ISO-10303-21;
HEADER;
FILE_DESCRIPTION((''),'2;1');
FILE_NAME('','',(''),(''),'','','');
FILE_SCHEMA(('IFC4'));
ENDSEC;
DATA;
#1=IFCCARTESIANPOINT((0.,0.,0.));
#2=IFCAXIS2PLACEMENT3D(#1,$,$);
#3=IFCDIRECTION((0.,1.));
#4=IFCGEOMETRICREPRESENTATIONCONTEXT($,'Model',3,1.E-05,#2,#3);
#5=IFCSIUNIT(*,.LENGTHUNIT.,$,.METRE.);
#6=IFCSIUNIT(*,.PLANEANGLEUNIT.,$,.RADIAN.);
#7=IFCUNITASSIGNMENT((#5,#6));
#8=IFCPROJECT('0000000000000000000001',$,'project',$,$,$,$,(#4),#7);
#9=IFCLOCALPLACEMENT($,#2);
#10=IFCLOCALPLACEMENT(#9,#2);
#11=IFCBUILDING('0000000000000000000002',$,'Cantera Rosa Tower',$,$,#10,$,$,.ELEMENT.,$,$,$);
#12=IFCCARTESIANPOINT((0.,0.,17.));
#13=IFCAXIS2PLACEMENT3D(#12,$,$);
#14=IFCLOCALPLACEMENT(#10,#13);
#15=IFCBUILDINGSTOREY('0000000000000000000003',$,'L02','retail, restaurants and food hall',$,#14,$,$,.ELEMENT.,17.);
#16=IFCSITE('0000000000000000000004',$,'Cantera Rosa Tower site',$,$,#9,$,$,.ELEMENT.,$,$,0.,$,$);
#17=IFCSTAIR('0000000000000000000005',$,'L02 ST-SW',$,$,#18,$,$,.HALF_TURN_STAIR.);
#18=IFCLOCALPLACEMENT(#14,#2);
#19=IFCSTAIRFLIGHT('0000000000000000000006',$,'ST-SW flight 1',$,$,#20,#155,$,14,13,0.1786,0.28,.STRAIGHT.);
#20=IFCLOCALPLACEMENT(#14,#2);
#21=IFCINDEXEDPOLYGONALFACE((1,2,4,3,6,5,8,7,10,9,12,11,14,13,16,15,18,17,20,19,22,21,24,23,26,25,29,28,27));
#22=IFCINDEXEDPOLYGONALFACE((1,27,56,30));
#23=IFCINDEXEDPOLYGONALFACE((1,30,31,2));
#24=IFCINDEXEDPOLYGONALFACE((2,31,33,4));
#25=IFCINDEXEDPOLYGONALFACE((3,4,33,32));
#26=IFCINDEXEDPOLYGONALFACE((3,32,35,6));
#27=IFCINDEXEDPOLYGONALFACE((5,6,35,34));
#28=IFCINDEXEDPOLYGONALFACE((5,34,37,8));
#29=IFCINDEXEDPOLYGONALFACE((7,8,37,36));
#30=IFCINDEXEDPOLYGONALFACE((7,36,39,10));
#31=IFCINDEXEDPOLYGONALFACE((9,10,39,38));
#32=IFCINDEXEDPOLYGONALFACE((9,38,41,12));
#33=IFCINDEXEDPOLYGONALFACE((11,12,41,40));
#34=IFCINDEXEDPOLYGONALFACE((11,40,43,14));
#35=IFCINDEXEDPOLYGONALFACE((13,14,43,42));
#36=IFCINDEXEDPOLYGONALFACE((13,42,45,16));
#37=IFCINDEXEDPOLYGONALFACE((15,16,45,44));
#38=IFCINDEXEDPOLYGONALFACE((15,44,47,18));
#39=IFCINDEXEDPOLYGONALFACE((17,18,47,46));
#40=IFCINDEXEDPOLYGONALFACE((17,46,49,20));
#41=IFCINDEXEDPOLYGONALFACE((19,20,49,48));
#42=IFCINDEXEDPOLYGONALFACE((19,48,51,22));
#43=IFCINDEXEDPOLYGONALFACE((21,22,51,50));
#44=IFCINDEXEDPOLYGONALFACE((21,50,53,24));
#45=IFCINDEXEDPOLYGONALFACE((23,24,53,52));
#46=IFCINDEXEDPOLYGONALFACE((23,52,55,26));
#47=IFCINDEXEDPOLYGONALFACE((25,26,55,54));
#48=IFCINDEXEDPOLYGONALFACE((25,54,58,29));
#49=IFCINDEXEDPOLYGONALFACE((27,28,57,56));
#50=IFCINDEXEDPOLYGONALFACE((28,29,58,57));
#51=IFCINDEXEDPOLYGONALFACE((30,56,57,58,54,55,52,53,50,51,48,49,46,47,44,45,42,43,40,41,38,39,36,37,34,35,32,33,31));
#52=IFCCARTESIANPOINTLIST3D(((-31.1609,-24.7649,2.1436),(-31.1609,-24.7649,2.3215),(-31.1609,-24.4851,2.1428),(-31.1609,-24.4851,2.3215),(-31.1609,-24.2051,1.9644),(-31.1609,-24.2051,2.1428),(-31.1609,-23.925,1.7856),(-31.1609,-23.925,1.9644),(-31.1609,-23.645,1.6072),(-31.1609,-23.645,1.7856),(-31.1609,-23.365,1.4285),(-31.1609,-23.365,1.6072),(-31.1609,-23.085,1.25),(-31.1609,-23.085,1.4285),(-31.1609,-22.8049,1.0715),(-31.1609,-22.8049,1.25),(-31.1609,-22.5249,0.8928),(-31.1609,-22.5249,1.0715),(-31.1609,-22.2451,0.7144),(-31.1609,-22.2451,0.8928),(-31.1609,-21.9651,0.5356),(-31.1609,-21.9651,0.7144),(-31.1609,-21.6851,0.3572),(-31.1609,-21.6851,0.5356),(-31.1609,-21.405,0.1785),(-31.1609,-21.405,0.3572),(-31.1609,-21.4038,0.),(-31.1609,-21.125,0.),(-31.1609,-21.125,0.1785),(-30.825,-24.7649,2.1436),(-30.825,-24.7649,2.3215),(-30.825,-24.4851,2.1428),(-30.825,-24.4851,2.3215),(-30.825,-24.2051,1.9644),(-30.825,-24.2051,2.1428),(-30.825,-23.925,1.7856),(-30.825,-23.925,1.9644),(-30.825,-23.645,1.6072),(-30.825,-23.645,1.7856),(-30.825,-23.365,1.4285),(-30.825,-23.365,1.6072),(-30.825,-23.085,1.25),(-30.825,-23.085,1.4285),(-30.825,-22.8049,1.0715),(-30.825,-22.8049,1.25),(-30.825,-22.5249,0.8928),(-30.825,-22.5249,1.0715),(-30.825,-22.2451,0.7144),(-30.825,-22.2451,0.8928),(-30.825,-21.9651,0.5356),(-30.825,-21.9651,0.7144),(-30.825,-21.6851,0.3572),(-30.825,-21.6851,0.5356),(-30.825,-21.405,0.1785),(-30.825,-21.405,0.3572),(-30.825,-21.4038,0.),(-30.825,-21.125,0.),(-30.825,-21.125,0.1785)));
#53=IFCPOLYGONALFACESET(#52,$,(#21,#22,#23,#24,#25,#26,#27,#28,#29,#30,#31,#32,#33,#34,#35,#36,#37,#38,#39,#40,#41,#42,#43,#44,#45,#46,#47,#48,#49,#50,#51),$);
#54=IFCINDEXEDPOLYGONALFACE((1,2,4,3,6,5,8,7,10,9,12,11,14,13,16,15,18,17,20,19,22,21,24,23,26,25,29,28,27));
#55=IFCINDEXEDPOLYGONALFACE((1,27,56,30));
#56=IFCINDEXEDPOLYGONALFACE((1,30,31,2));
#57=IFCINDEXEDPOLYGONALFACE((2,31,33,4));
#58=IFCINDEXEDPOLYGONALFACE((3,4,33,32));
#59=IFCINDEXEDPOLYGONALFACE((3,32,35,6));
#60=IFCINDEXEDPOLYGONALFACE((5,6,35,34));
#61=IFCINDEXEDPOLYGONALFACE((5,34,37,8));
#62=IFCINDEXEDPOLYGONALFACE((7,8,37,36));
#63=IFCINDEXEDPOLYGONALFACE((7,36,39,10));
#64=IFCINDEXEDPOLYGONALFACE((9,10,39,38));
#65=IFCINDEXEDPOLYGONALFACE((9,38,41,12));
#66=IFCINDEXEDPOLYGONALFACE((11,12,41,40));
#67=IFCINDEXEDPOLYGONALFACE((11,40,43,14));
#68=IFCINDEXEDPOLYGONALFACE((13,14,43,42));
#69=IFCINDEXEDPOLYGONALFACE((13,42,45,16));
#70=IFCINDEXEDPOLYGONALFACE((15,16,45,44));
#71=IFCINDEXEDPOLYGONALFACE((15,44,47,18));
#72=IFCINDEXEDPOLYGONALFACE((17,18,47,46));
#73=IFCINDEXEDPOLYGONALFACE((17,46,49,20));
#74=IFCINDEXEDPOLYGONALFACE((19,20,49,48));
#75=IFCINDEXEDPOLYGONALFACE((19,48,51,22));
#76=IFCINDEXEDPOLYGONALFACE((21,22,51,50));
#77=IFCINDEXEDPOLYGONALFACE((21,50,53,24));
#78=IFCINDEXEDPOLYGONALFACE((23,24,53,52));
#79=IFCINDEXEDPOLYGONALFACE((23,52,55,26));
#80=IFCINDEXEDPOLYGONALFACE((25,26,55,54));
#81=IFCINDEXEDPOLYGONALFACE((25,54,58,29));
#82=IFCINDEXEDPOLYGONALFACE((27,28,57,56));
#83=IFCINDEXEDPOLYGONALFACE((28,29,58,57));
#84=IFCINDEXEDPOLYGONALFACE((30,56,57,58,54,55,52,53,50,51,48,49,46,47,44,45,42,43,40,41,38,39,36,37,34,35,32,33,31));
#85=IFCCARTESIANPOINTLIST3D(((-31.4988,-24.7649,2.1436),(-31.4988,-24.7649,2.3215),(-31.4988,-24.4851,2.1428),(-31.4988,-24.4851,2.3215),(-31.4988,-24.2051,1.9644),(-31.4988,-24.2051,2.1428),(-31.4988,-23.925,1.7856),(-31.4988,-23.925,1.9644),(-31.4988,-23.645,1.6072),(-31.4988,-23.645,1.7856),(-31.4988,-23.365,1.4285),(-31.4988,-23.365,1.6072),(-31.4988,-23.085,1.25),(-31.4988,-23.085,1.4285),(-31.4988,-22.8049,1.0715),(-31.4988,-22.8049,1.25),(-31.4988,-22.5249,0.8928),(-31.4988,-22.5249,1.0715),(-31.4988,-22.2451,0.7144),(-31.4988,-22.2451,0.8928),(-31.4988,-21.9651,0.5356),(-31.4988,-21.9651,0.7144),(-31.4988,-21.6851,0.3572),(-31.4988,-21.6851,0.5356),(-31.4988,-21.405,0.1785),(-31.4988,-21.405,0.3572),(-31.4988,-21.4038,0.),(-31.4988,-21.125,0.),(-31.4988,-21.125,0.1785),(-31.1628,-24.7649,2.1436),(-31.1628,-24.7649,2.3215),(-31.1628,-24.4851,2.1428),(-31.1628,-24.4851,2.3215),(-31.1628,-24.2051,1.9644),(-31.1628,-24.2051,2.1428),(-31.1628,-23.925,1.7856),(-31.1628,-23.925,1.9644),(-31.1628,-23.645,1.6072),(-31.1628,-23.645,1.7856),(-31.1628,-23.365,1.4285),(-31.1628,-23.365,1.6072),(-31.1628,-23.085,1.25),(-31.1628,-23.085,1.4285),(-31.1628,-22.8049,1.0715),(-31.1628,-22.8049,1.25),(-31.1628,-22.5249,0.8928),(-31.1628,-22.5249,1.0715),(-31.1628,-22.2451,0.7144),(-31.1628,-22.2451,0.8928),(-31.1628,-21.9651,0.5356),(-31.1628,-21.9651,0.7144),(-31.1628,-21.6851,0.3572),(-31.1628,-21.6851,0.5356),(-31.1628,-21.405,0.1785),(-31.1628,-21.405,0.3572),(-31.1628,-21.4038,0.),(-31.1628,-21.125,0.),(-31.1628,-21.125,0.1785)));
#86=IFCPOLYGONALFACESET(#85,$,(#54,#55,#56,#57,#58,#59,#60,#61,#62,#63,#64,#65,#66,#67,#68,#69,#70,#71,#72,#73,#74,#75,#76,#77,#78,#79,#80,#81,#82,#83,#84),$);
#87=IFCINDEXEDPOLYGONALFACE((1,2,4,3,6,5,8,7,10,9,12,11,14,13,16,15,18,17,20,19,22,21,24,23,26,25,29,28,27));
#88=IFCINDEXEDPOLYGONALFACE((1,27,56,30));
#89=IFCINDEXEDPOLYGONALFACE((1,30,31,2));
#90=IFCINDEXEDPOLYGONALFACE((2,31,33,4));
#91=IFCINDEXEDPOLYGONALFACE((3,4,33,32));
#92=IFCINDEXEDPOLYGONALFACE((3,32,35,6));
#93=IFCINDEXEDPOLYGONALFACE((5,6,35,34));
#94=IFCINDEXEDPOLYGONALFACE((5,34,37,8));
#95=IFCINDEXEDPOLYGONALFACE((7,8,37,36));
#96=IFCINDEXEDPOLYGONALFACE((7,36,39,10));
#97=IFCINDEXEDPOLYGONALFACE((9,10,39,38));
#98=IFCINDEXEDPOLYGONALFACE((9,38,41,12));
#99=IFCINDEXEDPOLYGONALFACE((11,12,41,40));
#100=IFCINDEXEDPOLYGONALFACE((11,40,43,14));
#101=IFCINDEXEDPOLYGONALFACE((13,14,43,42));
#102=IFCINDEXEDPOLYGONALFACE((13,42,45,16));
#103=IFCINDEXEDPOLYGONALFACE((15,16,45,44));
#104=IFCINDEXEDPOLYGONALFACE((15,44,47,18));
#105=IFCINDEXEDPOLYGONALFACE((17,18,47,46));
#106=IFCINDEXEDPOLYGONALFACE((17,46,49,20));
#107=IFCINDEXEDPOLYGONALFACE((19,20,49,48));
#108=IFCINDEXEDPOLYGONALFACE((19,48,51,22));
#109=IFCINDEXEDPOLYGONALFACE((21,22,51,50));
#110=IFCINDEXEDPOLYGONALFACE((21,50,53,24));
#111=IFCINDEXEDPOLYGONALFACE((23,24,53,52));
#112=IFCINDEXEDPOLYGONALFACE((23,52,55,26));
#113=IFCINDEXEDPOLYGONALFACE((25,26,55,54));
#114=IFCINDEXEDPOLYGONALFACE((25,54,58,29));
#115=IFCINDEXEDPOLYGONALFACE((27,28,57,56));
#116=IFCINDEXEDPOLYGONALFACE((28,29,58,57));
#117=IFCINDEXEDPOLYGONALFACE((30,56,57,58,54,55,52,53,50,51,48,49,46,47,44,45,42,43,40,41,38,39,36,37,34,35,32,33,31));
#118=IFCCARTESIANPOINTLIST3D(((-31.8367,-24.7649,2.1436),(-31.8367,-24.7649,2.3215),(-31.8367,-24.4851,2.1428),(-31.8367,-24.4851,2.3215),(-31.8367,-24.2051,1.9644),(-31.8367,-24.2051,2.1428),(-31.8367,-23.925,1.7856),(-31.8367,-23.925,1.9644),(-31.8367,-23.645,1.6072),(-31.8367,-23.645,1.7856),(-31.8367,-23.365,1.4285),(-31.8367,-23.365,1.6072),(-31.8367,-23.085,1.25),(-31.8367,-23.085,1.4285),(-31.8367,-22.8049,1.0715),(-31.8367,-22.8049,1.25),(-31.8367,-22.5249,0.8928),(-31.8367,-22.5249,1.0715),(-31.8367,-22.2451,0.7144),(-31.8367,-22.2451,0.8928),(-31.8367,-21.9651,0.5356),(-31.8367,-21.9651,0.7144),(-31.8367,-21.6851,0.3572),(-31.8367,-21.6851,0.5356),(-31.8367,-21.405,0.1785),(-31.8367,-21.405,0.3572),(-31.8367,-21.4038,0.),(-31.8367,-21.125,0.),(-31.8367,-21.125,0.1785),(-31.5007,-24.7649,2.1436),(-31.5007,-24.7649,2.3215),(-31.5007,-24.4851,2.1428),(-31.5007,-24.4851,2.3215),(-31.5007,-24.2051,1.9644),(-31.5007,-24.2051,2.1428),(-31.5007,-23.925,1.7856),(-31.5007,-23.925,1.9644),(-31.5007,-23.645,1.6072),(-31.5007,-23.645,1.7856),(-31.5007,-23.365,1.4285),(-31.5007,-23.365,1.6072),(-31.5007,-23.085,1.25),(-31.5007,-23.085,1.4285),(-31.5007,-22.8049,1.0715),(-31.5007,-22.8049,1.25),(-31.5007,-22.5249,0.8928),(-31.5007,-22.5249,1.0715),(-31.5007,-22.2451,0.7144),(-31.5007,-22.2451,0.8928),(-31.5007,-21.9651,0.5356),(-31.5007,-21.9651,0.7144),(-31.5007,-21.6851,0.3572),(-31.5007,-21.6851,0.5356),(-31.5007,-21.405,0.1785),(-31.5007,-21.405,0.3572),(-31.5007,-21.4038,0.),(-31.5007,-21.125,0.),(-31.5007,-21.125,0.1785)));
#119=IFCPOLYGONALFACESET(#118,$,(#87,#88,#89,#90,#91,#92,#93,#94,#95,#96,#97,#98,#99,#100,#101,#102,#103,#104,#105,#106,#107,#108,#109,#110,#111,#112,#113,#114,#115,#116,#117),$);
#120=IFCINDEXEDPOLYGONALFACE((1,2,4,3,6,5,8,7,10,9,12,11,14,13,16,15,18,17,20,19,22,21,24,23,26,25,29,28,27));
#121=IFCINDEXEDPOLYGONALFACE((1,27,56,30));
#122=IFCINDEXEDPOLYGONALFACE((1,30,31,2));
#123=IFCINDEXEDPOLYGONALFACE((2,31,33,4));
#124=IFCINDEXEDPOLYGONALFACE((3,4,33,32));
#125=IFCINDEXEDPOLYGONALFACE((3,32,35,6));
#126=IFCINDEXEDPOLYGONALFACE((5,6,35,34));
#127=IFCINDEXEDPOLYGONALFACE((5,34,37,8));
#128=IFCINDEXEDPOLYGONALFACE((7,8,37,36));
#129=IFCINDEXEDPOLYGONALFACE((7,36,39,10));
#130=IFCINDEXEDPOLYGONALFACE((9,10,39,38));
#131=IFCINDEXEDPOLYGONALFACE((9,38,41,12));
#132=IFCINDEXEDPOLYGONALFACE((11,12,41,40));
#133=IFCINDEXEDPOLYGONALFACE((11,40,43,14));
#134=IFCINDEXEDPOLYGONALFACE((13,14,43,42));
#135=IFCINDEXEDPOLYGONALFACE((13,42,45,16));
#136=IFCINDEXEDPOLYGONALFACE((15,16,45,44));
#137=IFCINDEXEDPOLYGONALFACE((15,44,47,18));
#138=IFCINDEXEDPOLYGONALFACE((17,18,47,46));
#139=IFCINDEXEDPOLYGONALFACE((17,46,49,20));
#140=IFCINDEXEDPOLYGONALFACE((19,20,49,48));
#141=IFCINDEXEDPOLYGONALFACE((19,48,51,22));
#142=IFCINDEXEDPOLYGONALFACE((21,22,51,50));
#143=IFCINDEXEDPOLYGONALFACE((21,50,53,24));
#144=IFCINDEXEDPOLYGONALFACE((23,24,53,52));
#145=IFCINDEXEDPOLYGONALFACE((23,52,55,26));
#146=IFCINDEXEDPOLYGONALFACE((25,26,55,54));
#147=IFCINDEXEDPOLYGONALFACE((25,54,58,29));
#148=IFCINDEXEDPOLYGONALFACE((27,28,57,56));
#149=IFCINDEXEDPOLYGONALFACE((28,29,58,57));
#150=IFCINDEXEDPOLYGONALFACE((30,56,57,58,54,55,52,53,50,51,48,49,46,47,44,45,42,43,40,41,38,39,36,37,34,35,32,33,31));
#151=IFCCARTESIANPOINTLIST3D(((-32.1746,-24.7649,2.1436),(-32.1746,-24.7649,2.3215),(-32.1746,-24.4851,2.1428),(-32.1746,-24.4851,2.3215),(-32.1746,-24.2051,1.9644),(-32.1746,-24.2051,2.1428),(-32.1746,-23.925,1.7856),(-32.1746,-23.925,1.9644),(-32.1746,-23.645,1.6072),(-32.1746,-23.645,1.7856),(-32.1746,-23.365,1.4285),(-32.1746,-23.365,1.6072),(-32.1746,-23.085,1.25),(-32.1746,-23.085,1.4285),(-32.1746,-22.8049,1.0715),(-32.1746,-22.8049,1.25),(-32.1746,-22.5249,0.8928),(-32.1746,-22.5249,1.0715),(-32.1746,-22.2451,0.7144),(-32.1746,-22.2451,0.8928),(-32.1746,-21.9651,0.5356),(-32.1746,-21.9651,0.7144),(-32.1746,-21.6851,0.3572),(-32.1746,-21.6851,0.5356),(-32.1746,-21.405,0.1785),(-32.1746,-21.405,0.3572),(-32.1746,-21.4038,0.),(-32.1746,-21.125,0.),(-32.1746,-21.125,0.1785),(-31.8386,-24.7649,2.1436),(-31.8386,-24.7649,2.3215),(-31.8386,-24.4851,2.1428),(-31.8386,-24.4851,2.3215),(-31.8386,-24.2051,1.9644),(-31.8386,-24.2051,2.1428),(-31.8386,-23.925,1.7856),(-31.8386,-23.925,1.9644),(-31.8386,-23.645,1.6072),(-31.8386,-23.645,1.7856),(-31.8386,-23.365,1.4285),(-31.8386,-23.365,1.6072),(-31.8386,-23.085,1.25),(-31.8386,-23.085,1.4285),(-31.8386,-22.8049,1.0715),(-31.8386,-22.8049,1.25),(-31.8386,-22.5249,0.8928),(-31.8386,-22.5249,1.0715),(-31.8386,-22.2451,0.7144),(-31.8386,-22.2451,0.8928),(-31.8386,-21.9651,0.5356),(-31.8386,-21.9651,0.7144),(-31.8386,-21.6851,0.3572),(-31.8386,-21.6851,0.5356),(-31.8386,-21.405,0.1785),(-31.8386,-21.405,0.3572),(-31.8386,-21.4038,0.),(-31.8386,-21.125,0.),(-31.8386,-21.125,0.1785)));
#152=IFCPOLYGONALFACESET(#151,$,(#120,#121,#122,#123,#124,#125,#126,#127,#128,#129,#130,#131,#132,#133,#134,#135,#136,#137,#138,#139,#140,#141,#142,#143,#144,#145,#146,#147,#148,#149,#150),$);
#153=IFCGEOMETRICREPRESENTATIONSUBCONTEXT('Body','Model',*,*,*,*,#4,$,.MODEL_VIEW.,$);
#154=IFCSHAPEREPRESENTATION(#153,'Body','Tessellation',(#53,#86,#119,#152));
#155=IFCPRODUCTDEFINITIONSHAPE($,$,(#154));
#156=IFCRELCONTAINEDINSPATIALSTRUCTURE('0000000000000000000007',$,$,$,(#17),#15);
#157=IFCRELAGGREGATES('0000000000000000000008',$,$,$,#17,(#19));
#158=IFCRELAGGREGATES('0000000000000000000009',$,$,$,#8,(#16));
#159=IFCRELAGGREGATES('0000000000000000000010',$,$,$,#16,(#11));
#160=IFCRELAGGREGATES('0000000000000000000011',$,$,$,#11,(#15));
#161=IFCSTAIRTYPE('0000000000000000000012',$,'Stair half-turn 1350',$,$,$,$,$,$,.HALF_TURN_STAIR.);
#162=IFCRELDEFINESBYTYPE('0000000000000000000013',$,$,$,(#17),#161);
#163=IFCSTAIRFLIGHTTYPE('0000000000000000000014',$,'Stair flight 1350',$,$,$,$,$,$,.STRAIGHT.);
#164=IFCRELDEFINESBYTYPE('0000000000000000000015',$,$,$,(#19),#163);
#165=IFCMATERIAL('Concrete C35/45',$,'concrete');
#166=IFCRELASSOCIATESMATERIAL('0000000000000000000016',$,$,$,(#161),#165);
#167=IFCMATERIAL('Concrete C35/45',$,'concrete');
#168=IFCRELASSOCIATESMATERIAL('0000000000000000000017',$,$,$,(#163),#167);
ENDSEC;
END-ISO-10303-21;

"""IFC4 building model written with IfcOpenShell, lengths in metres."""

from ifc_helpers import new_model, si_unit, direction, frame, origin, place, context, subcontext, project, spatial, polyline, outline, extrude, material, type_object, element, aggregate, save


model = new_model("IFC4")

# Units and contexts
model_context = context("Model", 3, precision=1e-05, world=origin(), true_north=direction((0.0, 1.0)))
body_context = subcontext(model_context, "Body", "Model", "MODEL_VIEW")
ifc_project = project(units=[si_unit("LENGTHUNIT", "METRE"), si_unit("PLANEANGLEUNIT", "RADIAN")], contexts=[model_context])

# Site, building, storey
site_placement = place(None, origin())
site = spatial("IfcSite", under=ifc_project, at=site_placement, Name="Cantera Rosa Tower site", CompositionType="ELEMENT", RefElevation=0.0)
building_placement = place(site_placement, origin())
building = spatial("IfcBuilding", under=site, at=building_placement, Name="Cantera Rosa Tower", CompositionType="ELEMENT")
storey_placement = place(building_placement, frame((0.0, 0.0, 17.0)))
storey = spatial("IfcBuildingStorey", under=building, at=storey_placement, Name="L02", Description="retail, restaurants and food hall", CompositionType="ELEMENT", Elevation=17.0)

# Stair, stair flight
ifc_material_1 = material(Name="Concrete C35/45", Category="concrete")
stair_type = type_object("IfcStairType", Name="Stair half-turn 1350", PredefinedType="HALF_TURN_STAIR", material=ifc_material_1)
stair_placement = place(storey_placement, origin())
stair = element("IfcStair", 1, at=stair_placement, inside=storey, type_object=stair_type, Name="L02 ST-SW", PredefinedType="HALF_TURN_STAIR")
ifc_material_2 = material(Name="Concrete C35/45", Category="concrete")
stair_flight_type = type_object("IfcStairFlightType", Name="Stair flight 1350", PredefinedType="STRAIGHT", material=ifc_material_2)
stair_flight_1_placement = place(storey_placement, frame((-31.5, -21.125, 0.0), z_axis=(0.0, 0.0, 1.0), x_axis=(0.0, -1.0, 0.0)))
stair_flight_1 = element("IfcStairFlight", 2, at=stair_flight_1_placement, type_object=stair_flight_type, Name="ST-SW flight 1", NumberOfRisers=14, NumberOfTreads=13, PredefinedType="STRAIGHT", RiserHeight=0.1786, TreadLength=0.28, context=body_context, shape_type="SweptSolid", body=[
    extrude(outline(polyline([(0.0, 0.0), (0.0, 0.1785), (0.28, 0.1785), (0.28, 0.3572), (0.5601, 0.3572), (0.5601, 0.5356), (0.8401, 0.5356), (0.8401, 0.7144), (1.1201, 0.7144), (1.1201, 0.8928), (1.3999, 0.8928), (1.3999, 1.0715), (1.6799, 1.0715), (1.6799, 1.25), (1.96, 1.25), (1.96, 1.4285), (2.24, 1.4285), (2.24, 1.6072), (2.52, 1.6072), (2.52, 1.7856), (2.8, 1.7856), (2.8, 1.9644), (3.0801, 1.9644), (3.0801, 2.1428), (3.3601, 2.1428), (3.3601, 2.3215), (3.6399, 2.3215), (3.6399, 2.5), (3.6399, 2.1436), (0.2788, 0.0), (0.0, 0.0)])), frame((0.0, 0.675, 0.0), z_axis=(0.0, -1.0, 0.0), x_axis=(1.0, 0.0, 0.0)), (0.0, 0.0, 1.0), 0.3359),
    extrude(outline(polyline([(0.0, 0.0), (0.0, 0.1785), (0.28, 0.1785), (0.28, 0.3572), (0.5601, 0.3572), (0.5601, 0.5356), (0.8401, 0.5356), (0.8401, 0.7144), (1.1201, 0.7144), (1.1201, 0.8928), (1.3999, 0.8928), (1.3999, 1.0715), (1.6799, 1.0715), (1.6799, 1.25), (1.96, 1.25), (1.96, 1.4285), (2.24, 1.4285), (2.24, 1.6072), (2.52, 1.6072), (2.52, 1.7856), (2.8, 1.7856), (2.8, 1.9644), (3.0801, 1.9644), (3.0801, 2.1428), (3.3601, 2.1428), (3.3601, 2.3215), (3.6399, 2.3215), (3.6399, 2.5), (3.6399, 2.1436), (0.2788, 0.0), (0.0, 0.0)])), frame((0.0, 0.3372, 0.0), z_axis=(0.0, -1.0, 0.0), x_axis=(1.0, 0.0, 0.0)), (0.0, 0.0, 1.0), 0.3359),
    extrude(outline(polyline([(0.0, 0.0), (0.0, 0.1785), (0.28, 0.1785), (0.28, 0.3572), (0.5601, 0.3572), (0.5601, 0.5356), (0.8401, 0.5356), (0.8401, 0.7144), (1.1201, 0.7144), (1.1201, 0.8928), (1.3999, 0.8928), (1.3999, 1.0715), (1.6799, 1.0715), (1.6799, 1.25), (1.96, 1.25), (1.96, 1.4285), (2.24, 1.4285), (2.24, 1.6072), (2.52, 1.6072), (2.52, 1.7856), (2.8, 1.7856), (2.8, 1.9644), (3.0801, 1.9644), (3.0801, 2.1428), (3.3601, 2.1428), (3.3601, 2.3215), (3.6399, 2.3215), (3.6399, 2.5), (3.6399, 2.1436), (0.2788, 0.0), (0.0, 0.0)])), frame((0.0, -0.0007, 0.0), z_axis=(0.0, -1.0, 0.0), x_axis=(1.0, 0.0, 0.0)), (0.0, 0.0, 1.0), 0.3359),
    extrude(outline(polyline([(0.0, 0.0), (0.0, 0.1785), (0.28, 0.1785), (0.28, 0.3572), (0.5601, 0.3572), (0.5601, 0.5356), (0.8401, 0.5356), (0.8401, 0.7144), (1.1201, 0.7144), (1.1201, 0.8928), (1.3999, 0.8928), (1.3999, 1.0715), (1.6799, 1.0715), (1.6799, 1.25), (1.96, 1.25), (1.96, 1.4285), (2.24, 1.4285), (2.24, 1.6072), (2.52, 1.6072), (2.52, 1.7856), (2.8, 1.7856), (2.8, 1.9644), (3.0801, 1.9644), (3.0801, 2.1428), (3.3601, 2.1428), (3.3601, 2.3215), (3.6399, 2.3215), (3.6399, 2.5), (3.6399, 2.1436), (0.2788, 0.0), (0.0, 0.0)])), frame((0.0, -0.3386, 0.0), z_axis=(0.0, -1.0, 0.0), x_axis=(1.0, 0.0, 0.0)), (0.0, 0.0, 1.0), 0.3359),
])
aggregate(stair, [stair_flight_1])

save(model, "model.ifc")
